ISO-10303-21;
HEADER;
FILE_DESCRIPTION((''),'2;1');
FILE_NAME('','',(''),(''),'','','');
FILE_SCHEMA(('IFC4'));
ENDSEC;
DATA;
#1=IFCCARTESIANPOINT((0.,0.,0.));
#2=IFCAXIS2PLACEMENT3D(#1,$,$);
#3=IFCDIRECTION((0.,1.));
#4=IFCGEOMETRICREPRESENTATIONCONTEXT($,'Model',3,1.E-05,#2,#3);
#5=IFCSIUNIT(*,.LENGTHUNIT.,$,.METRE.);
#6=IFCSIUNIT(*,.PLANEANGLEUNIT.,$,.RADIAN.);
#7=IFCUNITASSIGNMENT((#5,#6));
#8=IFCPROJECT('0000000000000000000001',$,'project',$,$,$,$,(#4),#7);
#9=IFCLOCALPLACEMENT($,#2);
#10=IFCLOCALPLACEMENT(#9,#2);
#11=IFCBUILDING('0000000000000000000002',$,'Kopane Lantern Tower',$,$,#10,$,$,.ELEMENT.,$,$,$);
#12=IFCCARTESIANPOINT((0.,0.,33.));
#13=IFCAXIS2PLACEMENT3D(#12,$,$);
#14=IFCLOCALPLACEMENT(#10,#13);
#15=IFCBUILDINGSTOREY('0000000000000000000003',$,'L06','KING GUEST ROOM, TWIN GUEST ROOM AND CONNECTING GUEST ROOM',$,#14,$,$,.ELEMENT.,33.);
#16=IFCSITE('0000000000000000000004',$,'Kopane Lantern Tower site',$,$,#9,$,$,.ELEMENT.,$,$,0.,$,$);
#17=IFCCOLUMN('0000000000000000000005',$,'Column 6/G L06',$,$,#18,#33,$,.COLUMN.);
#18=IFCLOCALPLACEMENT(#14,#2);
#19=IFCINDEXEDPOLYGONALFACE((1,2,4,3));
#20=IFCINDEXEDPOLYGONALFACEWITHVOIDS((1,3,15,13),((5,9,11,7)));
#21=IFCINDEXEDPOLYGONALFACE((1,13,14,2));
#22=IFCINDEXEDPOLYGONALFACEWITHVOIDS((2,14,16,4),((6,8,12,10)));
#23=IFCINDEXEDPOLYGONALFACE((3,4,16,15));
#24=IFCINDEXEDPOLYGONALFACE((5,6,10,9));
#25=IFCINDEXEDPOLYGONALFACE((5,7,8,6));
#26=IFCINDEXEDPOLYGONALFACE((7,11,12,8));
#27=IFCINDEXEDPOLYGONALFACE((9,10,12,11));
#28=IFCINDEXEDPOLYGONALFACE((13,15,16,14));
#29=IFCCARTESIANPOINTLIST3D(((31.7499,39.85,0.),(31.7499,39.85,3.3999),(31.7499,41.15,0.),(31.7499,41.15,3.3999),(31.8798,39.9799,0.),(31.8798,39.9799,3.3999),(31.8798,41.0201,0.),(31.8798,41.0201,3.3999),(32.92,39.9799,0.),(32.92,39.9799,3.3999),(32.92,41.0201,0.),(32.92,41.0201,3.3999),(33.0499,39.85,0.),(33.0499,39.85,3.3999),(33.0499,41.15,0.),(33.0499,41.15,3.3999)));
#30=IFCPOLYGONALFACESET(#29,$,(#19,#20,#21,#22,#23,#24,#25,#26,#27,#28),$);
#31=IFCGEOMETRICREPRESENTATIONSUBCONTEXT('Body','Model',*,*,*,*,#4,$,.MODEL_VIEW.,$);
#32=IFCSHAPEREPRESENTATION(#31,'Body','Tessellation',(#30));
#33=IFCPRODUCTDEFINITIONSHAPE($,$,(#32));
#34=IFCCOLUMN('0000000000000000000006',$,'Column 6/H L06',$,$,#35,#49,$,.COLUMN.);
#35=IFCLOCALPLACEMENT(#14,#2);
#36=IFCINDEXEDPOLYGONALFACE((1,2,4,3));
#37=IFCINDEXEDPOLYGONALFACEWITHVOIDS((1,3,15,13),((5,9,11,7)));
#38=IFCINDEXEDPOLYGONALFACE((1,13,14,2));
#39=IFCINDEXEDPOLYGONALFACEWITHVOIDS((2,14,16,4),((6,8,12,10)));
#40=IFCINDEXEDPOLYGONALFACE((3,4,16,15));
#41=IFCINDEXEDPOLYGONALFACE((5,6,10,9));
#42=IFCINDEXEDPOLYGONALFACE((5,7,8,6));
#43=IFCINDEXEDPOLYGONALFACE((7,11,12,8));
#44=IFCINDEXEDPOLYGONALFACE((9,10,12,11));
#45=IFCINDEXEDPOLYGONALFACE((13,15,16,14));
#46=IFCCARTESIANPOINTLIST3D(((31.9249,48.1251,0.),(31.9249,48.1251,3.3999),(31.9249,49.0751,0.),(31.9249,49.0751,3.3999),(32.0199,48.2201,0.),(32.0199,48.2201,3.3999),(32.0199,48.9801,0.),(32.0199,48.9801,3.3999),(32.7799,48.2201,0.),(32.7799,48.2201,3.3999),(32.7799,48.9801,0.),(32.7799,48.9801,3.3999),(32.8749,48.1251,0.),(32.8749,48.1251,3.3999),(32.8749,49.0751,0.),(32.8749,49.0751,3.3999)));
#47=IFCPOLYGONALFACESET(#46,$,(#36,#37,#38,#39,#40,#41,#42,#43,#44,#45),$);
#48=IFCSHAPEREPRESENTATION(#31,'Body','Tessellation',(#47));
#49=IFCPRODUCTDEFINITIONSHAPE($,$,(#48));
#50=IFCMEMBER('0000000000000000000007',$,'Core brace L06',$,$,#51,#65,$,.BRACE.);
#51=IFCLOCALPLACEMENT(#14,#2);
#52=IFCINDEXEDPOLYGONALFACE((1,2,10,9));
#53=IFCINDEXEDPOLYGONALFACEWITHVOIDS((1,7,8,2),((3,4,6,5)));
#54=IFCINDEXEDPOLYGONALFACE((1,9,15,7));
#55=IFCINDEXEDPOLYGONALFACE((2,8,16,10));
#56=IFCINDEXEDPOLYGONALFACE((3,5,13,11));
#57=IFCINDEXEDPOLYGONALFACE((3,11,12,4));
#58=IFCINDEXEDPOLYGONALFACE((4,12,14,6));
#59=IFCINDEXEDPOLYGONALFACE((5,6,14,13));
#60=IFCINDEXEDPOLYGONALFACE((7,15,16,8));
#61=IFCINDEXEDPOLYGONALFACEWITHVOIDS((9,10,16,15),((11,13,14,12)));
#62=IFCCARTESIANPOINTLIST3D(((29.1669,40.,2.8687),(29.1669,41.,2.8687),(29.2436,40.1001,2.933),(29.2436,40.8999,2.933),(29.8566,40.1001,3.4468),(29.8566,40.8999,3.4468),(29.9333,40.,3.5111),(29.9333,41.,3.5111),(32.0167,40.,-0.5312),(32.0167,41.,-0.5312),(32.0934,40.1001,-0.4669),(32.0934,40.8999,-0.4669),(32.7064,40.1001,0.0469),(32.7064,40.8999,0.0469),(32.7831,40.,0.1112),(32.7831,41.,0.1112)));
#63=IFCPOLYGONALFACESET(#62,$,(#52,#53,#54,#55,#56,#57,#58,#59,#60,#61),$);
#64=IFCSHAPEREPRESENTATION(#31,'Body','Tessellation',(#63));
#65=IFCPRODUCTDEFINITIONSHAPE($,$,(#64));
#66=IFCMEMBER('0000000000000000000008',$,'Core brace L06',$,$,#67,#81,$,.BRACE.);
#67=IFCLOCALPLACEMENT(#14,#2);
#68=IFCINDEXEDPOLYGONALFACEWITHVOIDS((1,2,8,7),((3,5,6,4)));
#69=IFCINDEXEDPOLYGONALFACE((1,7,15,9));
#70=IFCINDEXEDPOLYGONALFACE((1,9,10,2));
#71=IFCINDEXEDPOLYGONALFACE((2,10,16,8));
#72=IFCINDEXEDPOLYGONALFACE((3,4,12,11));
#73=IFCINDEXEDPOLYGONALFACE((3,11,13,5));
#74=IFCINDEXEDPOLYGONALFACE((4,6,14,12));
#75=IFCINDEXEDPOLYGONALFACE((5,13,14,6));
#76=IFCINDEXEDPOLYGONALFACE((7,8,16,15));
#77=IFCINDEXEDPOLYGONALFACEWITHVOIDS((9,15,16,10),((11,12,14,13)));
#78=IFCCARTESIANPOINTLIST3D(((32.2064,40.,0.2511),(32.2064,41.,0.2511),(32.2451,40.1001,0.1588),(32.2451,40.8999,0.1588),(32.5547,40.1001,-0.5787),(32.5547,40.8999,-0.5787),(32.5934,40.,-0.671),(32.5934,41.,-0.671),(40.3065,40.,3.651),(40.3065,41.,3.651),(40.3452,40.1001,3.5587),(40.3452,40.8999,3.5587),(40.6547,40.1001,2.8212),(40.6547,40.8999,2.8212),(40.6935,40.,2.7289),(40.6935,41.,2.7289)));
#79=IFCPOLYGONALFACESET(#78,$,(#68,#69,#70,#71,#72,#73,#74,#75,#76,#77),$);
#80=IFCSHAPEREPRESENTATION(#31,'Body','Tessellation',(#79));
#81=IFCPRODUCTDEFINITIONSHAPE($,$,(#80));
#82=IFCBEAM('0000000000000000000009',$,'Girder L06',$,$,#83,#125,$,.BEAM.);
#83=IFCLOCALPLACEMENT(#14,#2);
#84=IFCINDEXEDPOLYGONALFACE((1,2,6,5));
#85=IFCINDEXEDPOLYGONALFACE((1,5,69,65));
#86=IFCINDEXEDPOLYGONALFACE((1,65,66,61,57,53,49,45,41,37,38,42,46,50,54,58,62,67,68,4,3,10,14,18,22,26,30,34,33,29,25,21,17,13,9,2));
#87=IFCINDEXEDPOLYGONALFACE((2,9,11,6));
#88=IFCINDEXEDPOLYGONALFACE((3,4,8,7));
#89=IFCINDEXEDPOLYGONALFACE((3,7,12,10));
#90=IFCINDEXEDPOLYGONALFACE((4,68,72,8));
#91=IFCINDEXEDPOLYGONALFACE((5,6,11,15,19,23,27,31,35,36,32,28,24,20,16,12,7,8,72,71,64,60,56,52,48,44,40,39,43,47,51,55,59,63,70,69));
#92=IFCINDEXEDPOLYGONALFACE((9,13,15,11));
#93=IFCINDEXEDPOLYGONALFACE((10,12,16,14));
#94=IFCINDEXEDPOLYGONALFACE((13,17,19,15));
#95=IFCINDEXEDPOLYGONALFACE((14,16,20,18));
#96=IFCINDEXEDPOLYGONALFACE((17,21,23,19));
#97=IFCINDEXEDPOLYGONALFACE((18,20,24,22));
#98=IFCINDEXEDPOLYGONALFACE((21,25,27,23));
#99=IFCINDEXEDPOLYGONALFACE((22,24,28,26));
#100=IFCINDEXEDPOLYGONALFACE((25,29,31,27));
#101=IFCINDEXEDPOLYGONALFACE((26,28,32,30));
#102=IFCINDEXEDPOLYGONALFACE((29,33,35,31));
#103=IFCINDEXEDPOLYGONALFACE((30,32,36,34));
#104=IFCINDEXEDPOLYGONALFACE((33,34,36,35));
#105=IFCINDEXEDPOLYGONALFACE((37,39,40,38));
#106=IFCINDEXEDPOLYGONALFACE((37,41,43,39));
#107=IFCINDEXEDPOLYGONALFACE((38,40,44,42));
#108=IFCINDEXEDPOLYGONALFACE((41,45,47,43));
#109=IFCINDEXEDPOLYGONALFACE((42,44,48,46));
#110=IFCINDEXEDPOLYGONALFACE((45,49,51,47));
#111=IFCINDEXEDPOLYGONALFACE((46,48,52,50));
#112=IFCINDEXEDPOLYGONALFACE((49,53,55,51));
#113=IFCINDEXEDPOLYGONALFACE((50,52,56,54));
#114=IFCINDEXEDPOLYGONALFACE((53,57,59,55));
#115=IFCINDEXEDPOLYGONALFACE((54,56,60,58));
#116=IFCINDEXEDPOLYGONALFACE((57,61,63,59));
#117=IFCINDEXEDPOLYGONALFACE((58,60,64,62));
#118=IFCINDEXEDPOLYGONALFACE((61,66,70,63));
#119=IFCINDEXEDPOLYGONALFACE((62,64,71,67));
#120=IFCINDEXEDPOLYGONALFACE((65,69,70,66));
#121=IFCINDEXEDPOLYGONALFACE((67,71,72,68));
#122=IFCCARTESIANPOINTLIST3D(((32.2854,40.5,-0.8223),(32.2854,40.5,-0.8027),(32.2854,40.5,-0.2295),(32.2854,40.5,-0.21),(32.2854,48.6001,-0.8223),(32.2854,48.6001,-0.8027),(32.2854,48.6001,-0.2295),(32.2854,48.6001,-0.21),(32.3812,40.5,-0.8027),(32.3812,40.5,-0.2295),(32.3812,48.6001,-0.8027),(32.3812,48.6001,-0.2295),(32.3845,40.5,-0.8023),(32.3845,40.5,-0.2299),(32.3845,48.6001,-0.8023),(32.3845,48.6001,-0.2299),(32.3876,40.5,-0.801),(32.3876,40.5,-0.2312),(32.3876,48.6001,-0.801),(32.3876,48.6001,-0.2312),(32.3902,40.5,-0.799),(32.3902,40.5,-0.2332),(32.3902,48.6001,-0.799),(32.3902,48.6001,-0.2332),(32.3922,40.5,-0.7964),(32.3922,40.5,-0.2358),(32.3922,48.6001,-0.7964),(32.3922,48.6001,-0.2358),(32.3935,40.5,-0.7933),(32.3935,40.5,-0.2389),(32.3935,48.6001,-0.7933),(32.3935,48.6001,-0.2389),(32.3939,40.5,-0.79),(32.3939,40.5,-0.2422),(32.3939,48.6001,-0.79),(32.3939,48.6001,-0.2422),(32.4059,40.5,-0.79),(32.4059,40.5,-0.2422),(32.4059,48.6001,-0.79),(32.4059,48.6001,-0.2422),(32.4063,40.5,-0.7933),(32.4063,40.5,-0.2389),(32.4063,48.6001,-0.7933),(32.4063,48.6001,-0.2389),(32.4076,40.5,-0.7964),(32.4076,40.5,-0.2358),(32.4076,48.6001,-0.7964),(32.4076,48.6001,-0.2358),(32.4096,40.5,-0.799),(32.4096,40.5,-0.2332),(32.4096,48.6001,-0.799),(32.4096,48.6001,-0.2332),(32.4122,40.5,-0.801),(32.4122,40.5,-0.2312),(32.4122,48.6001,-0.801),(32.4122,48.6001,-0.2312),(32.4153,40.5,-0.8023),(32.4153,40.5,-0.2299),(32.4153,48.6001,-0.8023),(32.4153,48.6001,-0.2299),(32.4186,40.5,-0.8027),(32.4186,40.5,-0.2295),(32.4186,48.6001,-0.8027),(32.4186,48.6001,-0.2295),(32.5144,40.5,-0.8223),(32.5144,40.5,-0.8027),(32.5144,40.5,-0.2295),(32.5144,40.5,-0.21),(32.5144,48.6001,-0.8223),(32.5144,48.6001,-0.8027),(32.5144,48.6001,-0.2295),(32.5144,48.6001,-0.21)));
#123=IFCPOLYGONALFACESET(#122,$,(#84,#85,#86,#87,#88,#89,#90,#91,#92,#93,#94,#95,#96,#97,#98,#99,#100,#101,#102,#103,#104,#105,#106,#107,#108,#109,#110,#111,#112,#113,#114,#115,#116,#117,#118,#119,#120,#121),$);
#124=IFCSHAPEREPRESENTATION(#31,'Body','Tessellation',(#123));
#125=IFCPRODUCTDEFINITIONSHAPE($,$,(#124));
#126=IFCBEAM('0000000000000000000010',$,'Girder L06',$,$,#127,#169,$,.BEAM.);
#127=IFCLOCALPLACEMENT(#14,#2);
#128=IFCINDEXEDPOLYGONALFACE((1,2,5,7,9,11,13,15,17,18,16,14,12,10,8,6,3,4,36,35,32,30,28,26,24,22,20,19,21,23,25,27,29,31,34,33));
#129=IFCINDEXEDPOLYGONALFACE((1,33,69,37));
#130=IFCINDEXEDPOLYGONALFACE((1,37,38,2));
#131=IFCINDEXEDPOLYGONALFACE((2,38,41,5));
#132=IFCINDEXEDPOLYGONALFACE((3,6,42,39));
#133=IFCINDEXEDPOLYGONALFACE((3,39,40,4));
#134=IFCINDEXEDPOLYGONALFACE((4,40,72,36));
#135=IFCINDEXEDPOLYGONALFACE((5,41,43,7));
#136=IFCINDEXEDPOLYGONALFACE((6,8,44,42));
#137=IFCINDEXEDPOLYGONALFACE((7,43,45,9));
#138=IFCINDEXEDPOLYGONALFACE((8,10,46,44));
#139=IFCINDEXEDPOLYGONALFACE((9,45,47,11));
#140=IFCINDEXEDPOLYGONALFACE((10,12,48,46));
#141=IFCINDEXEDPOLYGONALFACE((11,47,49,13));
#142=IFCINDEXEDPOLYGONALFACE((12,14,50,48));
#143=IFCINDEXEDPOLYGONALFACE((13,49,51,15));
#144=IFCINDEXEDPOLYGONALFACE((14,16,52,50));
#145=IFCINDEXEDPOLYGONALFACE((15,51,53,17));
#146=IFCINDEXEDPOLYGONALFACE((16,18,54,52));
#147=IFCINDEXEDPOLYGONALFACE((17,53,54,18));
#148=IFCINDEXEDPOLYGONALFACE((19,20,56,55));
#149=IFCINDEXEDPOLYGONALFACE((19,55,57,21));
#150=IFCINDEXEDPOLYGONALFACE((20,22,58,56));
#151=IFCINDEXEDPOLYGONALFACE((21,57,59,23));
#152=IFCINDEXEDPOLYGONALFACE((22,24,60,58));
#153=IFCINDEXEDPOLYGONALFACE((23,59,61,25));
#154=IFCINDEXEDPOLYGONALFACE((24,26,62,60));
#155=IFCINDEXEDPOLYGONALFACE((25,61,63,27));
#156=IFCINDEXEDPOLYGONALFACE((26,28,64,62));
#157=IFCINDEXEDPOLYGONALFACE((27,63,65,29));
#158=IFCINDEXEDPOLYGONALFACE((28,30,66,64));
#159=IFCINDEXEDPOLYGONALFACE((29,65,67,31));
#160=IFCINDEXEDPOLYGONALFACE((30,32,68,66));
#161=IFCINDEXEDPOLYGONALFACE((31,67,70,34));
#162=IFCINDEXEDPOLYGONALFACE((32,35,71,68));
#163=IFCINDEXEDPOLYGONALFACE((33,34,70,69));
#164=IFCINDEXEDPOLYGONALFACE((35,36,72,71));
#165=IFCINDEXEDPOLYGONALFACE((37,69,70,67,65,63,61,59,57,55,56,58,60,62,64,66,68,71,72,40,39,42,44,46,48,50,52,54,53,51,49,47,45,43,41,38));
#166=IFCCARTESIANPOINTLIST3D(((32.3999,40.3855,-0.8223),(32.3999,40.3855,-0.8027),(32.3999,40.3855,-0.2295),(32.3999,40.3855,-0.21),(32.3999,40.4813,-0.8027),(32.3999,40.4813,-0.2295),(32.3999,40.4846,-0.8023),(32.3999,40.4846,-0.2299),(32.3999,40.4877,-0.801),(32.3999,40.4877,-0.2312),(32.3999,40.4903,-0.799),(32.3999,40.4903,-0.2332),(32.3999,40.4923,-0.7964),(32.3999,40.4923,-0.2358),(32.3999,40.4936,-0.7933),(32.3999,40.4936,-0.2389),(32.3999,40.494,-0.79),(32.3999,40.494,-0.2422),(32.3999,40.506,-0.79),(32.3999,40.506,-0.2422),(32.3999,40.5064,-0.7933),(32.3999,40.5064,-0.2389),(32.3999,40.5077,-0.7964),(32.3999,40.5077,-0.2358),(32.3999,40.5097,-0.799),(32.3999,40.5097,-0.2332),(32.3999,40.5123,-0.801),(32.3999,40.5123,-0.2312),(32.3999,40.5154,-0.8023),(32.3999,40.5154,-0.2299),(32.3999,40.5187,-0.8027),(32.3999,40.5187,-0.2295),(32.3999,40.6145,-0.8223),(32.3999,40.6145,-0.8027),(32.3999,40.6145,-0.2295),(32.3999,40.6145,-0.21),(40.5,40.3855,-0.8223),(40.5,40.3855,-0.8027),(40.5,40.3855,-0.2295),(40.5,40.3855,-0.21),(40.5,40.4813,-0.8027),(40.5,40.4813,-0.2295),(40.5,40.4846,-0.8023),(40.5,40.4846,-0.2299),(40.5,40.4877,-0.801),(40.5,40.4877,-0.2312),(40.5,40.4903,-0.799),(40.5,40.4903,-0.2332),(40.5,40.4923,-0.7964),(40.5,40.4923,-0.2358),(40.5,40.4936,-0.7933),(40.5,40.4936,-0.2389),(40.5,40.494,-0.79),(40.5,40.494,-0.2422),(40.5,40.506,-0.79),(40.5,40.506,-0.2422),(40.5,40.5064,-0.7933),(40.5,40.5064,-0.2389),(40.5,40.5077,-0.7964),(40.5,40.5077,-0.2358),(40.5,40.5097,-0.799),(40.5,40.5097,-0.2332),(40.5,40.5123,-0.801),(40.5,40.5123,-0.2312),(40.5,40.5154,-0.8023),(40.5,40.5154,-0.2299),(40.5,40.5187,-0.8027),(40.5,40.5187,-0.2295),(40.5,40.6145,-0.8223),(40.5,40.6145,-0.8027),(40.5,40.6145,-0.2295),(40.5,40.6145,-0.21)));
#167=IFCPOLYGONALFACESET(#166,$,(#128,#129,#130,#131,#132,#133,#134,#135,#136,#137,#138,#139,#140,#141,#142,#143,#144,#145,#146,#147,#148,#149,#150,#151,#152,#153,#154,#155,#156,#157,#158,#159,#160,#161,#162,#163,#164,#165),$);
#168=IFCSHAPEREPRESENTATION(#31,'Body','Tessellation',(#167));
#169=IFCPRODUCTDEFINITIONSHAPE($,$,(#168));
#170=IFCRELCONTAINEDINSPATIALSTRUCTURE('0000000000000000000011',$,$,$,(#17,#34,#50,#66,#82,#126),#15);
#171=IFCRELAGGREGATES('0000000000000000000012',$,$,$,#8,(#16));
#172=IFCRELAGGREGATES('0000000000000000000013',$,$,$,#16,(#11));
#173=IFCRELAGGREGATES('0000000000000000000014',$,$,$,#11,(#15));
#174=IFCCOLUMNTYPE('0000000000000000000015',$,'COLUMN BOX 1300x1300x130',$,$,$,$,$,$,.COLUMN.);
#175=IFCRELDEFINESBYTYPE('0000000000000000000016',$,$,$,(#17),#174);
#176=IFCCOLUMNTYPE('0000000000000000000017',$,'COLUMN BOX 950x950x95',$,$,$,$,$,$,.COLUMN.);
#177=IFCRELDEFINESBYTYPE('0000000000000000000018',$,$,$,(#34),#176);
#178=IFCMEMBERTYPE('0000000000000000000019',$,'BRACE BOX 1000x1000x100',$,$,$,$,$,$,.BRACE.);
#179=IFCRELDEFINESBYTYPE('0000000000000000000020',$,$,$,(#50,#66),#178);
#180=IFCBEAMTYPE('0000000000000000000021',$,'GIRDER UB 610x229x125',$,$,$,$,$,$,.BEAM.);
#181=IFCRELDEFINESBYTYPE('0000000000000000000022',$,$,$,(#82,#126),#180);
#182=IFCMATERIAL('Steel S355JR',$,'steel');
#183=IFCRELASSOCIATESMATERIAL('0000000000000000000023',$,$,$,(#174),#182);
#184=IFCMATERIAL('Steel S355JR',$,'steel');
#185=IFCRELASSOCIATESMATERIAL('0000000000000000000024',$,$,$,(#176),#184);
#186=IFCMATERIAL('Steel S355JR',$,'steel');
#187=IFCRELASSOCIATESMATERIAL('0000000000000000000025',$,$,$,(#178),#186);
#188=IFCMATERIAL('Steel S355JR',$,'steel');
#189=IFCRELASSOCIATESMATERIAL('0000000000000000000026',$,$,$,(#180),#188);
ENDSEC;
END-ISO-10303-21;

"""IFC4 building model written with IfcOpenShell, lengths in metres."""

from ifc_helpers import new_model, si_unit, direction, frame, origin, origin_2d, place, context, subcontext, project, spatial, hollow_rectangle, i_section, extrude, material, material_profile, profile_set, type_object, element, save


model = new_model("IFC4")

# Units and contexts
model_context = context("Model", 3, precision=1e-05, world=origin(), true_north=direction((0.0, 1.0)))
body_context = subcontext(model_context, "Body", "Model", "MODEL_VIEW")
ifc_project = project(units=[si_unit("LENGTHUNIT", "METRE"), si_unit("PLANEANGLEUNIT", "RADIAN")], contexts=[model_context])

# Site, building, storey
site_placement = place(None, origin())
site = spatial("IfcSite", under=ifc_project, at=site_placement, Name="Kopane Lantern Tower site", CompositionType="ELEMENT", RefElevation=0.0)
building_placement = place(site_placement, origin())
building = spatial("IfcBuilding", under=site, at=building_placement, Name="Kopane Lantern Tower", CompositionType="ELEMENT")
storey_placement = place(building_placement, frame((0.0, 0.0, 33.0)))
storey = spatial("IfcBuildingStorey", under=building, at=storey_placement, Name="L06", Description="KING GUEST ROOM, TWIN GUEST ROOM AND CONNECTING GUEST ROOM", CompositionType="ELEMENT", Elevation=33.0)

# Columns
ifc_material_1 = material(Name="Steel S355JR", Category="steel")
ifc_material_profile_1 = material_profile(ifc_material_1, hollow_rectangle(XDim=1.3, YDim=1.3, WallThickness=0.1299, at=origin_2d()), Name="BOX 1300x1300x130")
ifc_profile_set_1 = profile_set([ifc_material_profile_1], Name="Steel S355JR")
column_type_1 = type_object("IfcColumnType", Name="COLUMN BOX 1300x1300x130", PredefinedType="COLUMN", material=ifc_profile_set_1)
column_1_placement = place(storey_placement, frame((32.3999, 40.5, 0.0), z_axis=(0.0, 0.0, 1.0), x_axis=(1.0, 0.0, 0.0)))
element("IfcColumn", 1, at=column_1_placement, inside=storey, type_object=column_type_1, Name="Column 6/G L06", PredefinedType="COLUMN", context=body_context, shape_type="SweptSolid", body=[
    extrude(hollow_rectangle(XDim=1.3, YDim=1.3, WallThickness=0.1299, at=origin_2d()), origin(), (0.0, 0.0, 1.0), 3.3999),
])
ifc_material_2 = material(Name="Steel S355JR", Category="steel")
ifc_material_profile_2 = material_profile(ifc_material_2, hollow_rectangle(XDim=0.95, YDim=0.95, WallThickness=0.095, at=origin_2d()), Name="BOX 950x950x95")
ifc_profile_set_2 = profile_set([ifc_material_profile_2], Name="Steel S355JR")
column_type_2 = type_object("IfcColumnType", Name="COLUMN BOX 950x950x95", PredefinedType="COLUMN", material=ifc_profile_set_2)
column_2_placement = place(storey_placement, frame((32.3999, 48.6001, 0.0), z_axis=(0.0, 0.0, 1.0), x_axis=(1.0, 0.0, 0.0)))
element("IfcColumn", 2, at=column_2_placement, inside=storey, type_object=column_type_2, Name="Column 6/H L06", PredefinedType="COLUMN", context=body_context, shape_type="SweptSolid", body=[
    extrude(hollow_rectangle(XDim=0.95, YDim=0.95, WallThickness=0.095, at=origin_2d()), origin(), (0.0, 0.0, 1.0), 3.3999),
])

# Members
ifc_material_3 = material(Name="Steel S355JR", Category="steel")
ifc_material_profile_3 = material_profile(ifc_material_3, hollow_rectangle(XDim=1.0, YDim=1.0, WallThickness=0.1001, at=origin_2d()), Name="BOX 1000x1000x100")
ifc_profile_set_3 = profile_set([ifc_material_profile_3], Name="Steel S355JR")
member_type = type_object("IfcMemberType", Name="BRACE BOX 1000x1000x100", PredefinedType="BRACE", material=ifc_profile_set_3)
member_1_placement = place(storey_placement, frame((32.3999, 40.5, -0.21), z_axis=(-0.64239, 0.0, 0.766378), x_axis=(0.0, -1.0, 0.0)))
element("IfcMember", 3, at=member_1_placement, inside=storey, type_object=member_type, Name="Core brace L06", PredefinedType="BRACE", context=body_context, shape_type="SweptSolid", body=[
    extrude(hollow_rectangle(XDim=1.0, YDim=1.0, WallThickness=0.1001, at=origin_2d()), origin(), (0.0, 0.0, 1.0), 4.4363),
])
member_2_placement = place(storey_placement, frame((32.3999, 40.5, -0.21), z_axis=(0.922069, 0.0, 0.387026), x_axis=(0.0, 1.0, 0.0)))
element("IfcMember", 4, at=member_2_placement, inside=storey, type_object=member_type, Name="Core brace L06", PredefinedType="BRACE", context=body_context, shape_type="SweptSolid", body=[
    extrude(hollow_rectangle(XDim=1.0, YDim=1.0, WallThickness=0.1001, at=origin_2d()), origin(), (0.0, 0.0, 1.0), 8.7847),
])

# Beams
ifc_material_4 = material(Name="Steel S355JR", Category="steel")
ifc_material_profile_4 = material_profile(ifc_material_4, i_section(OverallWidth=0.229, OverallDepth=0.6123, WebThickness=0.012, FlangeThickness=0.0195, FilletRadius=0.0127, at=origin_2d()), Name="UB 610x229x125")
ifc_profile_set_4 = profile_set([ifc_material_profile_4], Name="Steel S355JR")
beam_type = type_object("IfcBeamType", Name="GIRDER UB 610x229x125", PredefinedType="BEAM", material=ifc_profile_set_4)
for number, where, z_axis, x_axis, name in (
    (5, (32.3999, 40.5, -0.5161), (0.0, 1.0, 0.0), (-1.0, 0.0, 0.0), "Girder L06"),
    (6, (32.3999, 40.5, -0.5161), (1.0, 0.0, 0.0), (0.0, 1.0, 0.0), "Girder L06"),
):
    element("IfcBeam", number, at=place(storey_placement, frame(where, z_axis=z_axis, x_axis=x_axis)), inside=storey, type_object=beam_type, Name=name, PredefinedType="BEAM", context=body_context, shape_type="SweptSolid", body=[
        extrude(i_section(OverallWidth=0.229, OverallDepth=0.6123, WebThickness=0.012, FlangeThickness=0.0195, FilletRadius=0.0127, at=origin_2d()), origin(), (0.0, 0.0, 1.0), 8.1001),
    ])

save(model, "model.ifc")
